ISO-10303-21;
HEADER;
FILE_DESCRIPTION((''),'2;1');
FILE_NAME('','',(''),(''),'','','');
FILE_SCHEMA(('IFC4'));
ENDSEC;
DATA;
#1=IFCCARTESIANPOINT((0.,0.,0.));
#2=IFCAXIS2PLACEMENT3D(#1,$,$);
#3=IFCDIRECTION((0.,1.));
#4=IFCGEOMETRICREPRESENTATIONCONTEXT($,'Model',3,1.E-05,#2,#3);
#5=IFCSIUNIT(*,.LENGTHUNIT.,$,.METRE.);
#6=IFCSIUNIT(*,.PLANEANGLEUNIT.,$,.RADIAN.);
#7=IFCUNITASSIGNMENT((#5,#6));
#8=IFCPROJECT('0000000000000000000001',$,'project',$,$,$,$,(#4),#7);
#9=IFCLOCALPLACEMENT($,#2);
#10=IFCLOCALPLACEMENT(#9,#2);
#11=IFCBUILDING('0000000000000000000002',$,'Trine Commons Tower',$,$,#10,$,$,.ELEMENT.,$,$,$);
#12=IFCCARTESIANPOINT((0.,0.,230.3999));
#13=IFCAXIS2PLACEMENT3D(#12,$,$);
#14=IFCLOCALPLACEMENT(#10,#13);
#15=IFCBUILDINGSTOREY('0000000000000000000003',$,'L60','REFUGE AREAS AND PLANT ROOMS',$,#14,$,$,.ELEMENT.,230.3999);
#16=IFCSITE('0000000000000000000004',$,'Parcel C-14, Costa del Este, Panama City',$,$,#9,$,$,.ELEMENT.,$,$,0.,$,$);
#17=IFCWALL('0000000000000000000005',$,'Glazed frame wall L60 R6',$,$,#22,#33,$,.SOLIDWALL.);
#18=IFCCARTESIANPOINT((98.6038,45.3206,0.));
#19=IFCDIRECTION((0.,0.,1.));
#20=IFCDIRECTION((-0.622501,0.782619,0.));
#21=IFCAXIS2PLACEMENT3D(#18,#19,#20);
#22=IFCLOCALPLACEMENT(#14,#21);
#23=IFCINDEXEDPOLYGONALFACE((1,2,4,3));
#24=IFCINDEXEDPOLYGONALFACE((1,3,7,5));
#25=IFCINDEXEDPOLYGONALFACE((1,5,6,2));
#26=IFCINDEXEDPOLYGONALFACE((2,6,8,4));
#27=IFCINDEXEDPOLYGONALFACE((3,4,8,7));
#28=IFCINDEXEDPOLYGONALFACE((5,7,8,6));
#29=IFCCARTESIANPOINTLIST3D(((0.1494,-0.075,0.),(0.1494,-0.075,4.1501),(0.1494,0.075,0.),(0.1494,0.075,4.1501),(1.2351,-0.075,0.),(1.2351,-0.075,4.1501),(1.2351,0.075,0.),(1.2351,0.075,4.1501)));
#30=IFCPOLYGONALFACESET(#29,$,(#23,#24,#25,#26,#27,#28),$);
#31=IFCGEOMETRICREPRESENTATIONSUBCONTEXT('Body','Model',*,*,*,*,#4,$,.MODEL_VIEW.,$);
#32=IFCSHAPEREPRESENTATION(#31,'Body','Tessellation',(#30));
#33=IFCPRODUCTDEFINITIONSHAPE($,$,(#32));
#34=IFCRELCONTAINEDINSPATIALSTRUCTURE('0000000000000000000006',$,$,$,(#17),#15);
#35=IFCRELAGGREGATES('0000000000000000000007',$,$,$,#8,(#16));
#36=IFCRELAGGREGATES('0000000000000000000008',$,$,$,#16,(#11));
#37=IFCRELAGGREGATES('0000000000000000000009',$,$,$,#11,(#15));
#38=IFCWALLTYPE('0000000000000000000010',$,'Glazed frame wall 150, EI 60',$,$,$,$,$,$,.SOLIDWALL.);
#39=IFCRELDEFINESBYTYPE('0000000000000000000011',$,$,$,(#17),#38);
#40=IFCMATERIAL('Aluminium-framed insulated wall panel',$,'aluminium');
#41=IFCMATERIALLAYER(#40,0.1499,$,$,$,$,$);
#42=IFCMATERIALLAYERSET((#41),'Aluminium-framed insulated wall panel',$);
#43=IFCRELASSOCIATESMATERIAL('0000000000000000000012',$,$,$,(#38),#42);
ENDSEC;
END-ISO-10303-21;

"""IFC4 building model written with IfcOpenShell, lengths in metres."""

from ifc_helpers import new_model, si_unit, direction, frame, origin, place, context, subcontext, project, spatial, polyline, outline, extrude, material, layer, layer_set, type_object, element, save


model = new_model("IFC4")

# Units and contexts
model_context = context("Model", 3, precision=1e-05, world=origin(), true_north=direction((0.0, 1.0)))
body_context = subcontext(model_context, "Body", "Model", "MODEL_VIEW")
ifc_project = project(units=[si_unit("LENGTHUNIT", "METRE"), si_unit("PLANEANGLEUNIT", "RADIAN")], contexts=[model_context])

# Site, building, storey
site_placement = place(None, origin())
site = spatial("IfcSite", under=ifc_project, at=site_placement, Name="Parcel C-14, Costa del Este, Panama City", CompositionType="ELEMENT", RefElevation=0.0)
building_placement = place(site_placement, origin())
building = spatial("IfcBuilding", under=site, at=building_placement, Name="Trine Commons Tower", CompositionType="ELEMENT")
storey_placement = place(building_placement, frame((0.0, 0.0, 230.3999)))
storey = spatial("IfcBuildingStorey", under=building, at=storey_placement, Name="L60", Description="REFUGE AREAS AND PLANT ROOMS", CompositionType="ELEMENT", Elevation=230.3999)

# Wall
ifc_material_1 = material(Name="Aluminium-framed insulated wall panel", Category="aluminium")
ifc_layer_1 = layer(ifc_material_1, 0.1499)
ifc_layer_set_1 = layer_set([ifc_layer_1], Name="Aluminium-framed insulated wall panel")
wall_type = type_object("IfcWallType", Name="Glazed frame wall 150, EI 60", PredefinedType="SOLIDWALL", material=ifc_layer_set_1)
wall_placement = place(storey_placement, frame((98.6038, 45.3206, 0.0), z_axis=(0.0, 0.0, 1.0), x_axis=(-0.622501, 0.782619, 0.0)))
element("IfcWall", 1, at=wall_placement, inside=storey, type_object=wall_type, Name="Glazed frame wall L60 R6", PredefinedType="SOLIDWALL", context=body_context, shape_type="SweptSolid", body=[
    extrude(outline(polyline([(0.1494, 0.075), (0.1494, -0.075), (1.2351, -0.075), (1.2351, 0.075), (0.1494, 0.075)])), origin(), (0.0, 0.0, 1.0), 4.1501),
])

save(model, "model.ifc")
